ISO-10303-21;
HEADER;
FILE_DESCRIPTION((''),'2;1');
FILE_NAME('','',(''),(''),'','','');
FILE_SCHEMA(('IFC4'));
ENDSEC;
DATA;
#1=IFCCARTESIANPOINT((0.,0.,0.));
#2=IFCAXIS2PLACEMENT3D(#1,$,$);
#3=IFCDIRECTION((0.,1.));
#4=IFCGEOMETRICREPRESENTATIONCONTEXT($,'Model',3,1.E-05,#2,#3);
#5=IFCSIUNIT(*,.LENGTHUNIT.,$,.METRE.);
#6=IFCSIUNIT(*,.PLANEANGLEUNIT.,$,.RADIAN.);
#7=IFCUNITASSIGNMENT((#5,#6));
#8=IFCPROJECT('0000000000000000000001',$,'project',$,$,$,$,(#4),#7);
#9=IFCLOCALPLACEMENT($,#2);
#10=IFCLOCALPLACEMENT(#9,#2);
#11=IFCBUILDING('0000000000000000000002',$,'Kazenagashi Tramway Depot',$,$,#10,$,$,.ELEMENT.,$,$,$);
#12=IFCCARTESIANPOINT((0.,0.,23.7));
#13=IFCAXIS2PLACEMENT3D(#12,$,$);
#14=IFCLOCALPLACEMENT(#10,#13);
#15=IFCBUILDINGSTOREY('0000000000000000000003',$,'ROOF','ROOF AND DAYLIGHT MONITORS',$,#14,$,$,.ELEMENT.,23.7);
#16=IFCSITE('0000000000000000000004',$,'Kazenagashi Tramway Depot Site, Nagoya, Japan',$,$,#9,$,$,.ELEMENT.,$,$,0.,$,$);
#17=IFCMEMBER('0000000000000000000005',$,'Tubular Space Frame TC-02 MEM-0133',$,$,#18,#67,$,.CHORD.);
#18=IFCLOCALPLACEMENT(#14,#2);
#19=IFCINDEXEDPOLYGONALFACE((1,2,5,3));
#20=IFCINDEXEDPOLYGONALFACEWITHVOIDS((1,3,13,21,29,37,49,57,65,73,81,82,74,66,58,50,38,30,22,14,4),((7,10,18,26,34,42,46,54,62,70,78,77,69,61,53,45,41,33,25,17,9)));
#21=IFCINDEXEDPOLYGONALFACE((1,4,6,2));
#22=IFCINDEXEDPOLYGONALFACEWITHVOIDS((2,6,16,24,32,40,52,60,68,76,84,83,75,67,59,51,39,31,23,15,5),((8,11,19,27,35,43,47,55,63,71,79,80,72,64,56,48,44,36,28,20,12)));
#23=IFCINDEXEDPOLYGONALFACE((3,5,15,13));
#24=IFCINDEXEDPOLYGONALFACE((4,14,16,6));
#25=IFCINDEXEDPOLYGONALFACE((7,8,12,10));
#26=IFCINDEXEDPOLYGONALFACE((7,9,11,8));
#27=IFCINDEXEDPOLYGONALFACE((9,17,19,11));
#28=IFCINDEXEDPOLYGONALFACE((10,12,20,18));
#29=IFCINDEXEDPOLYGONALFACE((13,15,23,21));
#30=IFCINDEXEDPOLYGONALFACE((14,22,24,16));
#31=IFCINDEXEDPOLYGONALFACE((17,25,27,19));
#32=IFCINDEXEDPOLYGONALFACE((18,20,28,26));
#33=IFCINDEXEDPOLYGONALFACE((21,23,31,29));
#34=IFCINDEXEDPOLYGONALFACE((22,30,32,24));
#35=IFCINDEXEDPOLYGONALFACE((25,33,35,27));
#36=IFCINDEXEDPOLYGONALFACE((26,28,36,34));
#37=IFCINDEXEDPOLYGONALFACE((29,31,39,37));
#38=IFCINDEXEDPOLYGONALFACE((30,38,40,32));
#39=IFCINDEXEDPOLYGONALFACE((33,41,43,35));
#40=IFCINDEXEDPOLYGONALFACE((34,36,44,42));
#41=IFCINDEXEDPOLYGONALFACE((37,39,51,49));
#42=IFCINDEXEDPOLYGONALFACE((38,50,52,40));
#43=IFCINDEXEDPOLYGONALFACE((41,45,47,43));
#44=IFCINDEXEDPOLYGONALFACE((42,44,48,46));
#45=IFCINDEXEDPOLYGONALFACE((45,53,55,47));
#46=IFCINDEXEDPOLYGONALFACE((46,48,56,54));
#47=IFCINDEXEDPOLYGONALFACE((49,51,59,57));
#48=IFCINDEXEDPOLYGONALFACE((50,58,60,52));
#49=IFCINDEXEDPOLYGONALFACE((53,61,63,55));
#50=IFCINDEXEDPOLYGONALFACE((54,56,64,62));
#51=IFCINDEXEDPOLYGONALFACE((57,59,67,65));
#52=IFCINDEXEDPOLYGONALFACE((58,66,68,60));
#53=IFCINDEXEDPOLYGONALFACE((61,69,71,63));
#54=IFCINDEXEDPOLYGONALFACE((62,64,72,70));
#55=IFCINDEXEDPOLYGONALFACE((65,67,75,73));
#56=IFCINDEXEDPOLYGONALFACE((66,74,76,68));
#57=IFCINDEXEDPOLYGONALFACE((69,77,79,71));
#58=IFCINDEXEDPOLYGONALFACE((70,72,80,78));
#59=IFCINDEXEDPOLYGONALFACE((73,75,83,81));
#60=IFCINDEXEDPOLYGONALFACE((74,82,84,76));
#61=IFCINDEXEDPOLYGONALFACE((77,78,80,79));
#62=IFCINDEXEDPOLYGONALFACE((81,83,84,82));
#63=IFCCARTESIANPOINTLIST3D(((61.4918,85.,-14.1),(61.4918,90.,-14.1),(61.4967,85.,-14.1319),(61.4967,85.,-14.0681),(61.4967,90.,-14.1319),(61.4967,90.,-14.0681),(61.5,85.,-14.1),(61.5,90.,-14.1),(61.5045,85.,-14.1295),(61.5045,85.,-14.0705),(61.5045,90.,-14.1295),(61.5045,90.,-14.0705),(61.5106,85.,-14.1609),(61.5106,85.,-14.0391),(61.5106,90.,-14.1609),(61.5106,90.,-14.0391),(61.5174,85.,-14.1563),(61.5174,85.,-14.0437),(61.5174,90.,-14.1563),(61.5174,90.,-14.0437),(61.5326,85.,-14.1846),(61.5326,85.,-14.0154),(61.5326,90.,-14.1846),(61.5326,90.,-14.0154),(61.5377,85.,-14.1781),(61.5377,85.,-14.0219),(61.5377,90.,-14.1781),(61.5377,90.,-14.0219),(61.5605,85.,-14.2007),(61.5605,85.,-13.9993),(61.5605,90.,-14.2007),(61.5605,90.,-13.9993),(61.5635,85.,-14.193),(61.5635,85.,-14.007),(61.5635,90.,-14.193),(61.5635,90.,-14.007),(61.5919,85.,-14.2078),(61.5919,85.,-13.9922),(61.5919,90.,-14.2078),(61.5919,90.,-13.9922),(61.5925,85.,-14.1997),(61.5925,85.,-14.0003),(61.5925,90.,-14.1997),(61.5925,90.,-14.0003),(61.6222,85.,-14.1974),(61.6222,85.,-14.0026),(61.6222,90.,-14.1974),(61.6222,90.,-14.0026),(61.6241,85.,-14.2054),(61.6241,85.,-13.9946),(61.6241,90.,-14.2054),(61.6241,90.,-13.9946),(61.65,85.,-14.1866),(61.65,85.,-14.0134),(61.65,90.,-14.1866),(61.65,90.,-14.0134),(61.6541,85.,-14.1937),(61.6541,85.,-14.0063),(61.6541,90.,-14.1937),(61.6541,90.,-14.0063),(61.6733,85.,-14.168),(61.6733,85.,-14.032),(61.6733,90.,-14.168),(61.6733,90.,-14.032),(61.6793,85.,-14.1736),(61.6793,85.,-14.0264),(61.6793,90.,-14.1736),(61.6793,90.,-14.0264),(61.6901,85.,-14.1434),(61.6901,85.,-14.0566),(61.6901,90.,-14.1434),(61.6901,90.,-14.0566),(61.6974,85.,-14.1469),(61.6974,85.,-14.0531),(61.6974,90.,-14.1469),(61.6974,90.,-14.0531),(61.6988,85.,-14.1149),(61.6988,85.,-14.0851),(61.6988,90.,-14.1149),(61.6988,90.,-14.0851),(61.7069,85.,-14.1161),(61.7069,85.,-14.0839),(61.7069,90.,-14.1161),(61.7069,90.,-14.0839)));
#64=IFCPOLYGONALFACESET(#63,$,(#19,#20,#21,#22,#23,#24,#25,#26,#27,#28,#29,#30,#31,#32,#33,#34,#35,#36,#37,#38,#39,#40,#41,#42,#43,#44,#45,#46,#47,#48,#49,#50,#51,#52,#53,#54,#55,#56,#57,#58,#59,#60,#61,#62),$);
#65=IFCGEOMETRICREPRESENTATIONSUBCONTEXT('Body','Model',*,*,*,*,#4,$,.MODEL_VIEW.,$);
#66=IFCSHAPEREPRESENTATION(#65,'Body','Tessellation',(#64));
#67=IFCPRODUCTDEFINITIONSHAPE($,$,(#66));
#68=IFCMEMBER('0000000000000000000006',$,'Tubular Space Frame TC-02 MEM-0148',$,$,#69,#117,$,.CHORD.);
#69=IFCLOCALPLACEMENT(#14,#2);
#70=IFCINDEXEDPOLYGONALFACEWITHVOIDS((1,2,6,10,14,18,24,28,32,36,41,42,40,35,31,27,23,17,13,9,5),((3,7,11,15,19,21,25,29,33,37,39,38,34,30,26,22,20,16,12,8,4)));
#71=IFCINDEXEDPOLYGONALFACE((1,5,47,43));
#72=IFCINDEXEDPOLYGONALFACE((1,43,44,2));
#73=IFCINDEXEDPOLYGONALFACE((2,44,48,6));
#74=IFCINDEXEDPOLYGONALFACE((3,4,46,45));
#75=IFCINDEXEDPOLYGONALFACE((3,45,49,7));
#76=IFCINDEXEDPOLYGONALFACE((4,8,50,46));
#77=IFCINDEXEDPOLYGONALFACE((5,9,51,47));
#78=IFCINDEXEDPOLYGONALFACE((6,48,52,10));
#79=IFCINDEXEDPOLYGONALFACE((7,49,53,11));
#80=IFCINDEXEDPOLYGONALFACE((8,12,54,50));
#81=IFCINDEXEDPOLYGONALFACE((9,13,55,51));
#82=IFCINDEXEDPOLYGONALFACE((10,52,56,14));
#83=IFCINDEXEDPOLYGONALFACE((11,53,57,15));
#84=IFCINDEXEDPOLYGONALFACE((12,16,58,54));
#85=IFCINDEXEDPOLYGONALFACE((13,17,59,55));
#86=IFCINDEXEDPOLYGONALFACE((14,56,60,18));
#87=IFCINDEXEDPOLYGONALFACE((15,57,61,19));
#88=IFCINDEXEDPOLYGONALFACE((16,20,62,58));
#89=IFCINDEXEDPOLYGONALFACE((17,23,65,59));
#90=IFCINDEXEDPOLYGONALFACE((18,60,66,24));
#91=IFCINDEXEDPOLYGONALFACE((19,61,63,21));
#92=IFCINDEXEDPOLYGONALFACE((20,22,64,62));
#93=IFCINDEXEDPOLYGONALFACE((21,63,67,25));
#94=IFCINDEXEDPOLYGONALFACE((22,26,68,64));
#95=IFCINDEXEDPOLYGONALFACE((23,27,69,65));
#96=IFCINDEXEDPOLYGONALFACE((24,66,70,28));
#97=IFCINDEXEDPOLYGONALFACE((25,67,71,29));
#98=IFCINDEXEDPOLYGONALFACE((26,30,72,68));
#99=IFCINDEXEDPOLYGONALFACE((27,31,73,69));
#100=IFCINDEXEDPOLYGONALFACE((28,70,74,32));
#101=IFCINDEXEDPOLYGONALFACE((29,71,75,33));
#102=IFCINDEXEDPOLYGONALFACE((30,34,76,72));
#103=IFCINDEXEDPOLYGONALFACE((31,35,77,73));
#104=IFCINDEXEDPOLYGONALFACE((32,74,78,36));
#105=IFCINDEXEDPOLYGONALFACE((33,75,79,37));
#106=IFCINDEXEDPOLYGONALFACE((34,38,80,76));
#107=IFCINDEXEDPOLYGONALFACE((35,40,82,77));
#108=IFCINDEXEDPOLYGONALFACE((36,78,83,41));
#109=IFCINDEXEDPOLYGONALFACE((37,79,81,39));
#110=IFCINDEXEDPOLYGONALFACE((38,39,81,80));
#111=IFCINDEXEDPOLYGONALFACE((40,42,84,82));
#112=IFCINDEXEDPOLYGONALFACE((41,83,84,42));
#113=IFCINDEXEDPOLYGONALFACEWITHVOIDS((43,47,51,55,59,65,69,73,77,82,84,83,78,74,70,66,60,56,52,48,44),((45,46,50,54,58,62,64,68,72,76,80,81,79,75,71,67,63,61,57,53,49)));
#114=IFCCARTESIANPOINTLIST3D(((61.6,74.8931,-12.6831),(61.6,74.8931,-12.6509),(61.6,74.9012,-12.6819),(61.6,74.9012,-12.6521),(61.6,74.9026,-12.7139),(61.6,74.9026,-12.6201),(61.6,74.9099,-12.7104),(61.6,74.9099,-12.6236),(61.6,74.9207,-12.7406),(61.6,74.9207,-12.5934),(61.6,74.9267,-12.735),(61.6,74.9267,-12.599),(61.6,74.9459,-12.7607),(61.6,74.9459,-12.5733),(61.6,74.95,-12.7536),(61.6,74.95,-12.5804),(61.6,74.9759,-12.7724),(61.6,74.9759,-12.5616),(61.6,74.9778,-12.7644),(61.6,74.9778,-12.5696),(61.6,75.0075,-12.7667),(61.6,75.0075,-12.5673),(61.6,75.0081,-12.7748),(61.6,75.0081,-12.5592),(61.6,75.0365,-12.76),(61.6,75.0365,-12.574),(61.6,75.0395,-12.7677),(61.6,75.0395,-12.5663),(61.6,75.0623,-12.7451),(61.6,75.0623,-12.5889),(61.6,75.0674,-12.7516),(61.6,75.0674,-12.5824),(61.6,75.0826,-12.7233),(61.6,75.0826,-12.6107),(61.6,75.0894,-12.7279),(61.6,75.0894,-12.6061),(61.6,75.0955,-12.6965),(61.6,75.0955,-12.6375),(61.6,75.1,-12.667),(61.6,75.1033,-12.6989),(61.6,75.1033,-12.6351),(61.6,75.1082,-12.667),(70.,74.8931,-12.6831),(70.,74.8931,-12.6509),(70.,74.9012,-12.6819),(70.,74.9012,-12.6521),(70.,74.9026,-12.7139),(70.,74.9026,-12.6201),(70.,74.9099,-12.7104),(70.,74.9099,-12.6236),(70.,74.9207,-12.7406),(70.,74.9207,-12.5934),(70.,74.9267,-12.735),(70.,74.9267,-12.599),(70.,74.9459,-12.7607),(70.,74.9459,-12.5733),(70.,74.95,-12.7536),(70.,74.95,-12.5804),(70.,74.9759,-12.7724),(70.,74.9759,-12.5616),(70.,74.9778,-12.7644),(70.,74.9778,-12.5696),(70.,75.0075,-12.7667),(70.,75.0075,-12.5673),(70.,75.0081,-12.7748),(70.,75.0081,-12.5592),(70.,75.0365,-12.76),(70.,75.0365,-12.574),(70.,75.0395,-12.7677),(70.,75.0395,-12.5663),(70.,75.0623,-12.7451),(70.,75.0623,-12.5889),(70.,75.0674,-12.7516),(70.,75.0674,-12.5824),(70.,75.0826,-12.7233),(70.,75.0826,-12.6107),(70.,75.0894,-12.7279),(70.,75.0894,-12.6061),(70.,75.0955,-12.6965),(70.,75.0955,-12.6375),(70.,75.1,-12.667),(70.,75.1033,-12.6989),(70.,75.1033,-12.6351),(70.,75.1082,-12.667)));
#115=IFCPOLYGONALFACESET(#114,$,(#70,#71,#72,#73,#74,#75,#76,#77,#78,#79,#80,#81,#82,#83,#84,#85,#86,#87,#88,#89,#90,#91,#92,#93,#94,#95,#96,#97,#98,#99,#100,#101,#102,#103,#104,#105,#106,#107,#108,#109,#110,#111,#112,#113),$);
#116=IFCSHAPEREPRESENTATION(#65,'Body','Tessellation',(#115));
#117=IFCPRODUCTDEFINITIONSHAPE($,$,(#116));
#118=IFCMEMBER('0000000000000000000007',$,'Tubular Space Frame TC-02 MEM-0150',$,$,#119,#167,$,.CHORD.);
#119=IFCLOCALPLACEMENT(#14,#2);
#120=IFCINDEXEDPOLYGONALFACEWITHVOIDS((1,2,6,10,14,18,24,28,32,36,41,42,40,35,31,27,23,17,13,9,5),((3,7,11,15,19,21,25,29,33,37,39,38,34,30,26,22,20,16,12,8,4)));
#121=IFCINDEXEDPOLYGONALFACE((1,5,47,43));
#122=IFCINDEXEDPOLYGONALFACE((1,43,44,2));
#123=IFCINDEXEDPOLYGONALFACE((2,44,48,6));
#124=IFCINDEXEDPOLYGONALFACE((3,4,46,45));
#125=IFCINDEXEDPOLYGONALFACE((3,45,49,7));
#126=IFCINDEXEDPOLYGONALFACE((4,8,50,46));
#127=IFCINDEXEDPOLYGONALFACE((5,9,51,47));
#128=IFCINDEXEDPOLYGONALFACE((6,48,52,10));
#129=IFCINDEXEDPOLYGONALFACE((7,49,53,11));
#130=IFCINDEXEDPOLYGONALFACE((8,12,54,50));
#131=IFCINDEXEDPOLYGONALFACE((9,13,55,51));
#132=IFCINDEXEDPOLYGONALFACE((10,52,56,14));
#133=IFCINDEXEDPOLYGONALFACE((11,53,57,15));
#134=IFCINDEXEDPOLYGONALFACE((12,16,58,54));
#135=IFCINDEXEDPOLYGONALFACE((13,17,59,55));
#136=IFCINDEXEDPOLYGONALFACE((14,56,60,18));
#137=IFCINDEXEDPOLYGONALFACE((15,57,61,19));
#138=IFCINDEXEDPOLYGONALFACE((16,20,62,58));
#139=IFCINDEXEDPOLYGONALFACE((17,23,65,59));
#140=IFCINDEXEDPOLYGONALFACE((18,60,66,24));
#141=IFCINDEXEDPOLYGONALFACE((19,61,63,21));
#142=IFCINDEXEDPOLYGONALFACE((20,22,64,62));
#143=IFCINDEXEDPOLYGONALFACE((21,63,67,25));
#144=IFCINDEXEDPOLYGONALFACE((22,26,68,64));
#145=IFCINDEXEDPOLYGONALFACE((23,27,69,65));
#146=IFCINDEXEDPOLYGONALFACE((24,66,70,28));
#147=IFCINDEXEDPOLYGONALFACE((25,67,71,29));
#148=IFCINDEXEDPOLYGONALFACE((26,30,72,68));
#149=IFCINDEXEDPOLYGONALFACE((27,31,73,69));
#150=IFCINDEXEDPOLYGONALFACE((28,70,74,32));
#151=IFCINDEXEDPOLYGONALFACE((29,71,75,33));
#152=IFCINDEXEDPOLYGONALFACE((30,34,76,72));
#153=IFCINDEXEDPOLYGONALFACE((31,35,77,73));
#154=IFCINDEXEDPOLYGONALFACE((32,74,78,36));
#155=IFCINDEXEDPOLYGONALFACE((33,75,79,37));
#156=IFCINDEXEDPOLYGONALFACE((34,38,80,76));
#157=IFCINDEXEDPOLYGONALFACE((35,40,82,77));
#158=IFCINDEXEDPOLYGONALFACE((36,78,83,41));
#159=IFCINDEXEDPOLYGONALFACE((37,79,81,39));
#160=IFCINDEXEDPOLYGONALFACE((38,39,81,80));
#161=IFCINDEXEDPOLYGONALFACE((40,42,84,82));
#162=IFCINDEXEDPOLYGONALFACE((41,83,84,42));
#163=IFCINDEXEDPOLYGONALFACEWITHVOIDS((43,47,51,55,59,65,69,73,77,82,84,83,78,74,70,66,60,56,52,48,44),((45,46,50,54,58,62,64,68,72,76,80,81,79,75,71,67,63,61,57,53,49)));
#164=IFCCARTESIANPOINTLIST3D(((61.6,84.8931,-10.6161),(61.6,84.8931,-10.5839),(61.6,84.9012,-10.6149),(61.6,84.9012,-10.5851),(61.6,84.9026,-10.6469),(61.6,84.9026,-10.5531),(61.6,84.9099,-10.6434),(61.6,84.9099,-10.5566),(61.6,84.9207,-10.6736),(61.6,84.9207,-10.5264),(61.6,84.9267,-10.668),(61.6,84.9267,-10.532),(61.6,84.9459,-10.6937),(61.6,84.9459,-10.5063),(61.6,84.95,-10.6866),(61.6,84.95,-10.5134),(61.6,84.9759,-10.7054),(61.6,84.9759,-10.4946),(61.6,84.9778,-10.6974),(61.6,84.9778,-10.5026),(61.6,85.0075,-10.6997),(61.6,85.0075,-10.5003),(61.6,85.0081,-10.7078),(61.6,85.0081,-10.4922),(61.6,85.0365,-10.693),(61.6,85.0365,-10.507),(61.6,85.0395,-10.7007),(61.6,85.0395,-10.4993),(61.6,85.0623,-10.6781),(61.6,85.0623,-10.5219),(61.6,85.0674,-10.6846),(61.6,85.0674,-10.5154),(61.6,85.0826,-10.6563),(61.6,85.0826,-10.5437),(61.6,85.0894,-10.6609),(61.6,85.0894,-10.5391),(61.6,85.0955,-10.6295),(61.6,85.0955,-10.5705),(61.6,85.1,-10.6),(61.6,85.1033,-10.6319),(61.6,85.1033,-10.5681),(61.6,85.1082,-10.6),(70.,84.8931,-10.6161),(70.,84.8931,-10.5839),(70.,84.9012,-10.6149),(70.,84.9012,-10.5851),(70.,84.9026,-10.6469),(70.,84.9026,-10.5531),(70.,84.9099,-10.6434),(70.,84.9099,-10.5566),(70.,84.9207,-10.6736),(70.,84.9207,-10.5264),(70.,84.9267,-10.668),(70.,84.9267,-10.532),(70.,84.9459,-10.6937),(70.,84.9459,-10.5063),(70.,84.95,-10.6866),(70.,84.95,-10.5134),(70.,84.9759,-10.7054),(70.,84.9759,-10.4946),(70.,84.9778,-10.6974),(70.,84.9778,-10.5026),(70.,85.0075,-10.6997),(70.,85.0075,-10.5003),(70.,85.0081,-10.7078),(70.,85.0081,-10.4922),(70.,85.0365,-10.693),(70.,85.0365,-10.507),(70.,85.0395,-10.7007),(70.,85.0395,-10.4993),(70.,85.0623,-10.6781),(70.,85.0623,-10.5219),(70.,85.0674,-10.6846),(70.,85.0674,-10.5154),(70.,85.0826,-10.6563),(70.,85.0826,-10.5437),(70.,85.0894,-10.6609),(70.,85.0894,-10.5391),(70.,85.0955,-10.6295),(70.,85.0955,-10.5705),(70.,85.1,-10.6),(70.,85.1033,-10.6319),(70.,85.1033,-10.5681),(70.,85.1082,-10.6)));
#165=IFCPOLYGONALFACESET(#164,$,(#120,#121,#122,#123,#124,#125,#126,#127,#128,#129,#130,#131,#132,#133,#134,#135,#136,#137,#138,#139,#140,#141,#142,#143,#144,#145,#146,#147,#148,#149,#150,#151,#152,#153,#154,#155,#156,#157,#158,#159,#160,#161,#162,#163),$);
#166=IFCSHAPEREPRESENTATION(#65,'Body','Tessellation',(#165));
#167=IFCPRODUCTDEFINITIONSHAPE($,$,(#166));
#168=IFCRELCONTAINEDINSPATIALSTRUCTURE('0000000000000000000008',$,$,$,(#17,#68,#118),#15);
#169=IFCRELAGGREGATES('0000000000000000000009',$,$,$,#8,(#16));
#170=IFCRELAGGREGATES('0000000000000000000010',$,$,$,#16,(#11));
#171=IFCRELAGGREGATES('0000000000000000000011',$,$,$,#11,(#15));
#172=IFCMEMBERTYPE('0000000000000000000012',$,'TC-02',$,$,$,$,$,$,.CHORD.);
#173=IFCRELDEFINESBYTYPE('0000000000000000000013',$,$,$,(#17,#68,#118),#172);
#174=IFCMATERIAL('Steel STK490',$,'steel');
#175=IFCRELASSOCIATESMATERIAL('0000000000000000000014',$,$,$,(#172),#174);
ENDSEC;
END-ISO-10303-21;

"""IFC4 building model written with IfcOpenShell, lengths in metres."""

from ifc_helpers import new_model, si_unit, direction, frame, origin, origin_2d, place, context, subcontext, project, spatial, hollow_circle, extrude, material, material_profile, profile_set, type_object, element, save


model = new_model("IFC4")

# Units and contexts
model_context = context("Model", 3, precision=1e-05, world=origin(), true_north=direction((0.0, 1.0)))
body_context = subcontext(model_context, "Body", "Model", "MODEL_VIEW")
ifc_project = project(units=[si_unit("LENGTHUNIT", "METRE"), si_unit("PLANEANGLEUNIT", "RADIAN")], contexts=[model_context])

# Site, building, storey
site_placement = place(None, origin())
site = spatial("IfcSite", under=ifc_project, at=site_placement, Name="Kazenagashi Tramway Depot Site, Nagoya, Japan", CompositionType="ELEMENT", RefElevation=0.0)
building_placement = place(site_placement, origin())
building = spatial("IfcBuilding", under=site, at=building_placement, Name="Kazenagashi Tramway Depot", CompositionType="ELEMENT")
storey_placement = place(building_placement, frame((0.0, 0.0, 23.7)))
storey = spatial("IfcBuildingStorey", under=building, at=storey_placement, Name="ROOF", Description="ROOF AND DAYLIGHT MONITORS", CompositionType="ELEMENT", Elevation=23.7)

# Members
ifc_material_1 = material(Name="Steel STK490", Category="steel")
ifc_material_profile_1 = material_profile(ifc_material_1, hollow_circle(Radius=0.1081, WallThickness=0.0082, at=origin_2d()), Name="CHS-216.3x8.2")
ifc_profile_set_1 = profile_set([ifc_material_profile_1], Name="Steel STK490")
member_type_1 = type_object("IfcMemberType", Name="TC-02", PredefinedType="CHORD", material=ifc_profile_set_1)
for number, where, z_axis, x_axis, name in (
    (1, (61.6, 85.0, -14.1), (0.0, 1.0, 0.0), (-1.0, 0.0, 0.0), "Tubular Space Frame TC-02 MEM-0133"),
):
    element("IfcMember", number, at=place(storey_placement, frame(where, z_axis=z_axis, x_axis=x_axis)), inside=storey, type_object=member_type_1, Name=name, PredefinedType="CHORD", context=body_context, shape_type="SweptSolid", body=[
        extrude(hollow_circle(Radius=0.1081, WallThickness=0.0082, at=origin_2d()), origin(), (0.0, 0.0, 1.0), 5.0),
    ])
for number, where, z_axis, x_axis, name in (
    (2, (61.6, 75.0, -12.667), (1.0, 0.0, 0.0), (0.0, 1.0, 0.0), "Tubular Space Frame TC-02 MEM-0148"),
    (3, (61.6, 85.0, -10.6), (1.0, 0.0, 0.0), (0.0, 1.0, 0.0), "Tubular Space Frame TC-02 MEM-0150"),
):
    element("IfcMember", number, at=place(storey_placement, frame(where, z_axis=z_axis, x_axis=x_axis)), inside=storey, type_object=member_type_1, Name=name, PredefinedType="CHORD", context=body_context, shape_type="SweptSolid", body=[
        extrude(hollow_circle(Radius=0.1081, WallThickness=0.0082, at=origin_2d()), origin(), (0.0, 0.0, 1.0), 8.4),
    ])

save(model, "model.ifc")
